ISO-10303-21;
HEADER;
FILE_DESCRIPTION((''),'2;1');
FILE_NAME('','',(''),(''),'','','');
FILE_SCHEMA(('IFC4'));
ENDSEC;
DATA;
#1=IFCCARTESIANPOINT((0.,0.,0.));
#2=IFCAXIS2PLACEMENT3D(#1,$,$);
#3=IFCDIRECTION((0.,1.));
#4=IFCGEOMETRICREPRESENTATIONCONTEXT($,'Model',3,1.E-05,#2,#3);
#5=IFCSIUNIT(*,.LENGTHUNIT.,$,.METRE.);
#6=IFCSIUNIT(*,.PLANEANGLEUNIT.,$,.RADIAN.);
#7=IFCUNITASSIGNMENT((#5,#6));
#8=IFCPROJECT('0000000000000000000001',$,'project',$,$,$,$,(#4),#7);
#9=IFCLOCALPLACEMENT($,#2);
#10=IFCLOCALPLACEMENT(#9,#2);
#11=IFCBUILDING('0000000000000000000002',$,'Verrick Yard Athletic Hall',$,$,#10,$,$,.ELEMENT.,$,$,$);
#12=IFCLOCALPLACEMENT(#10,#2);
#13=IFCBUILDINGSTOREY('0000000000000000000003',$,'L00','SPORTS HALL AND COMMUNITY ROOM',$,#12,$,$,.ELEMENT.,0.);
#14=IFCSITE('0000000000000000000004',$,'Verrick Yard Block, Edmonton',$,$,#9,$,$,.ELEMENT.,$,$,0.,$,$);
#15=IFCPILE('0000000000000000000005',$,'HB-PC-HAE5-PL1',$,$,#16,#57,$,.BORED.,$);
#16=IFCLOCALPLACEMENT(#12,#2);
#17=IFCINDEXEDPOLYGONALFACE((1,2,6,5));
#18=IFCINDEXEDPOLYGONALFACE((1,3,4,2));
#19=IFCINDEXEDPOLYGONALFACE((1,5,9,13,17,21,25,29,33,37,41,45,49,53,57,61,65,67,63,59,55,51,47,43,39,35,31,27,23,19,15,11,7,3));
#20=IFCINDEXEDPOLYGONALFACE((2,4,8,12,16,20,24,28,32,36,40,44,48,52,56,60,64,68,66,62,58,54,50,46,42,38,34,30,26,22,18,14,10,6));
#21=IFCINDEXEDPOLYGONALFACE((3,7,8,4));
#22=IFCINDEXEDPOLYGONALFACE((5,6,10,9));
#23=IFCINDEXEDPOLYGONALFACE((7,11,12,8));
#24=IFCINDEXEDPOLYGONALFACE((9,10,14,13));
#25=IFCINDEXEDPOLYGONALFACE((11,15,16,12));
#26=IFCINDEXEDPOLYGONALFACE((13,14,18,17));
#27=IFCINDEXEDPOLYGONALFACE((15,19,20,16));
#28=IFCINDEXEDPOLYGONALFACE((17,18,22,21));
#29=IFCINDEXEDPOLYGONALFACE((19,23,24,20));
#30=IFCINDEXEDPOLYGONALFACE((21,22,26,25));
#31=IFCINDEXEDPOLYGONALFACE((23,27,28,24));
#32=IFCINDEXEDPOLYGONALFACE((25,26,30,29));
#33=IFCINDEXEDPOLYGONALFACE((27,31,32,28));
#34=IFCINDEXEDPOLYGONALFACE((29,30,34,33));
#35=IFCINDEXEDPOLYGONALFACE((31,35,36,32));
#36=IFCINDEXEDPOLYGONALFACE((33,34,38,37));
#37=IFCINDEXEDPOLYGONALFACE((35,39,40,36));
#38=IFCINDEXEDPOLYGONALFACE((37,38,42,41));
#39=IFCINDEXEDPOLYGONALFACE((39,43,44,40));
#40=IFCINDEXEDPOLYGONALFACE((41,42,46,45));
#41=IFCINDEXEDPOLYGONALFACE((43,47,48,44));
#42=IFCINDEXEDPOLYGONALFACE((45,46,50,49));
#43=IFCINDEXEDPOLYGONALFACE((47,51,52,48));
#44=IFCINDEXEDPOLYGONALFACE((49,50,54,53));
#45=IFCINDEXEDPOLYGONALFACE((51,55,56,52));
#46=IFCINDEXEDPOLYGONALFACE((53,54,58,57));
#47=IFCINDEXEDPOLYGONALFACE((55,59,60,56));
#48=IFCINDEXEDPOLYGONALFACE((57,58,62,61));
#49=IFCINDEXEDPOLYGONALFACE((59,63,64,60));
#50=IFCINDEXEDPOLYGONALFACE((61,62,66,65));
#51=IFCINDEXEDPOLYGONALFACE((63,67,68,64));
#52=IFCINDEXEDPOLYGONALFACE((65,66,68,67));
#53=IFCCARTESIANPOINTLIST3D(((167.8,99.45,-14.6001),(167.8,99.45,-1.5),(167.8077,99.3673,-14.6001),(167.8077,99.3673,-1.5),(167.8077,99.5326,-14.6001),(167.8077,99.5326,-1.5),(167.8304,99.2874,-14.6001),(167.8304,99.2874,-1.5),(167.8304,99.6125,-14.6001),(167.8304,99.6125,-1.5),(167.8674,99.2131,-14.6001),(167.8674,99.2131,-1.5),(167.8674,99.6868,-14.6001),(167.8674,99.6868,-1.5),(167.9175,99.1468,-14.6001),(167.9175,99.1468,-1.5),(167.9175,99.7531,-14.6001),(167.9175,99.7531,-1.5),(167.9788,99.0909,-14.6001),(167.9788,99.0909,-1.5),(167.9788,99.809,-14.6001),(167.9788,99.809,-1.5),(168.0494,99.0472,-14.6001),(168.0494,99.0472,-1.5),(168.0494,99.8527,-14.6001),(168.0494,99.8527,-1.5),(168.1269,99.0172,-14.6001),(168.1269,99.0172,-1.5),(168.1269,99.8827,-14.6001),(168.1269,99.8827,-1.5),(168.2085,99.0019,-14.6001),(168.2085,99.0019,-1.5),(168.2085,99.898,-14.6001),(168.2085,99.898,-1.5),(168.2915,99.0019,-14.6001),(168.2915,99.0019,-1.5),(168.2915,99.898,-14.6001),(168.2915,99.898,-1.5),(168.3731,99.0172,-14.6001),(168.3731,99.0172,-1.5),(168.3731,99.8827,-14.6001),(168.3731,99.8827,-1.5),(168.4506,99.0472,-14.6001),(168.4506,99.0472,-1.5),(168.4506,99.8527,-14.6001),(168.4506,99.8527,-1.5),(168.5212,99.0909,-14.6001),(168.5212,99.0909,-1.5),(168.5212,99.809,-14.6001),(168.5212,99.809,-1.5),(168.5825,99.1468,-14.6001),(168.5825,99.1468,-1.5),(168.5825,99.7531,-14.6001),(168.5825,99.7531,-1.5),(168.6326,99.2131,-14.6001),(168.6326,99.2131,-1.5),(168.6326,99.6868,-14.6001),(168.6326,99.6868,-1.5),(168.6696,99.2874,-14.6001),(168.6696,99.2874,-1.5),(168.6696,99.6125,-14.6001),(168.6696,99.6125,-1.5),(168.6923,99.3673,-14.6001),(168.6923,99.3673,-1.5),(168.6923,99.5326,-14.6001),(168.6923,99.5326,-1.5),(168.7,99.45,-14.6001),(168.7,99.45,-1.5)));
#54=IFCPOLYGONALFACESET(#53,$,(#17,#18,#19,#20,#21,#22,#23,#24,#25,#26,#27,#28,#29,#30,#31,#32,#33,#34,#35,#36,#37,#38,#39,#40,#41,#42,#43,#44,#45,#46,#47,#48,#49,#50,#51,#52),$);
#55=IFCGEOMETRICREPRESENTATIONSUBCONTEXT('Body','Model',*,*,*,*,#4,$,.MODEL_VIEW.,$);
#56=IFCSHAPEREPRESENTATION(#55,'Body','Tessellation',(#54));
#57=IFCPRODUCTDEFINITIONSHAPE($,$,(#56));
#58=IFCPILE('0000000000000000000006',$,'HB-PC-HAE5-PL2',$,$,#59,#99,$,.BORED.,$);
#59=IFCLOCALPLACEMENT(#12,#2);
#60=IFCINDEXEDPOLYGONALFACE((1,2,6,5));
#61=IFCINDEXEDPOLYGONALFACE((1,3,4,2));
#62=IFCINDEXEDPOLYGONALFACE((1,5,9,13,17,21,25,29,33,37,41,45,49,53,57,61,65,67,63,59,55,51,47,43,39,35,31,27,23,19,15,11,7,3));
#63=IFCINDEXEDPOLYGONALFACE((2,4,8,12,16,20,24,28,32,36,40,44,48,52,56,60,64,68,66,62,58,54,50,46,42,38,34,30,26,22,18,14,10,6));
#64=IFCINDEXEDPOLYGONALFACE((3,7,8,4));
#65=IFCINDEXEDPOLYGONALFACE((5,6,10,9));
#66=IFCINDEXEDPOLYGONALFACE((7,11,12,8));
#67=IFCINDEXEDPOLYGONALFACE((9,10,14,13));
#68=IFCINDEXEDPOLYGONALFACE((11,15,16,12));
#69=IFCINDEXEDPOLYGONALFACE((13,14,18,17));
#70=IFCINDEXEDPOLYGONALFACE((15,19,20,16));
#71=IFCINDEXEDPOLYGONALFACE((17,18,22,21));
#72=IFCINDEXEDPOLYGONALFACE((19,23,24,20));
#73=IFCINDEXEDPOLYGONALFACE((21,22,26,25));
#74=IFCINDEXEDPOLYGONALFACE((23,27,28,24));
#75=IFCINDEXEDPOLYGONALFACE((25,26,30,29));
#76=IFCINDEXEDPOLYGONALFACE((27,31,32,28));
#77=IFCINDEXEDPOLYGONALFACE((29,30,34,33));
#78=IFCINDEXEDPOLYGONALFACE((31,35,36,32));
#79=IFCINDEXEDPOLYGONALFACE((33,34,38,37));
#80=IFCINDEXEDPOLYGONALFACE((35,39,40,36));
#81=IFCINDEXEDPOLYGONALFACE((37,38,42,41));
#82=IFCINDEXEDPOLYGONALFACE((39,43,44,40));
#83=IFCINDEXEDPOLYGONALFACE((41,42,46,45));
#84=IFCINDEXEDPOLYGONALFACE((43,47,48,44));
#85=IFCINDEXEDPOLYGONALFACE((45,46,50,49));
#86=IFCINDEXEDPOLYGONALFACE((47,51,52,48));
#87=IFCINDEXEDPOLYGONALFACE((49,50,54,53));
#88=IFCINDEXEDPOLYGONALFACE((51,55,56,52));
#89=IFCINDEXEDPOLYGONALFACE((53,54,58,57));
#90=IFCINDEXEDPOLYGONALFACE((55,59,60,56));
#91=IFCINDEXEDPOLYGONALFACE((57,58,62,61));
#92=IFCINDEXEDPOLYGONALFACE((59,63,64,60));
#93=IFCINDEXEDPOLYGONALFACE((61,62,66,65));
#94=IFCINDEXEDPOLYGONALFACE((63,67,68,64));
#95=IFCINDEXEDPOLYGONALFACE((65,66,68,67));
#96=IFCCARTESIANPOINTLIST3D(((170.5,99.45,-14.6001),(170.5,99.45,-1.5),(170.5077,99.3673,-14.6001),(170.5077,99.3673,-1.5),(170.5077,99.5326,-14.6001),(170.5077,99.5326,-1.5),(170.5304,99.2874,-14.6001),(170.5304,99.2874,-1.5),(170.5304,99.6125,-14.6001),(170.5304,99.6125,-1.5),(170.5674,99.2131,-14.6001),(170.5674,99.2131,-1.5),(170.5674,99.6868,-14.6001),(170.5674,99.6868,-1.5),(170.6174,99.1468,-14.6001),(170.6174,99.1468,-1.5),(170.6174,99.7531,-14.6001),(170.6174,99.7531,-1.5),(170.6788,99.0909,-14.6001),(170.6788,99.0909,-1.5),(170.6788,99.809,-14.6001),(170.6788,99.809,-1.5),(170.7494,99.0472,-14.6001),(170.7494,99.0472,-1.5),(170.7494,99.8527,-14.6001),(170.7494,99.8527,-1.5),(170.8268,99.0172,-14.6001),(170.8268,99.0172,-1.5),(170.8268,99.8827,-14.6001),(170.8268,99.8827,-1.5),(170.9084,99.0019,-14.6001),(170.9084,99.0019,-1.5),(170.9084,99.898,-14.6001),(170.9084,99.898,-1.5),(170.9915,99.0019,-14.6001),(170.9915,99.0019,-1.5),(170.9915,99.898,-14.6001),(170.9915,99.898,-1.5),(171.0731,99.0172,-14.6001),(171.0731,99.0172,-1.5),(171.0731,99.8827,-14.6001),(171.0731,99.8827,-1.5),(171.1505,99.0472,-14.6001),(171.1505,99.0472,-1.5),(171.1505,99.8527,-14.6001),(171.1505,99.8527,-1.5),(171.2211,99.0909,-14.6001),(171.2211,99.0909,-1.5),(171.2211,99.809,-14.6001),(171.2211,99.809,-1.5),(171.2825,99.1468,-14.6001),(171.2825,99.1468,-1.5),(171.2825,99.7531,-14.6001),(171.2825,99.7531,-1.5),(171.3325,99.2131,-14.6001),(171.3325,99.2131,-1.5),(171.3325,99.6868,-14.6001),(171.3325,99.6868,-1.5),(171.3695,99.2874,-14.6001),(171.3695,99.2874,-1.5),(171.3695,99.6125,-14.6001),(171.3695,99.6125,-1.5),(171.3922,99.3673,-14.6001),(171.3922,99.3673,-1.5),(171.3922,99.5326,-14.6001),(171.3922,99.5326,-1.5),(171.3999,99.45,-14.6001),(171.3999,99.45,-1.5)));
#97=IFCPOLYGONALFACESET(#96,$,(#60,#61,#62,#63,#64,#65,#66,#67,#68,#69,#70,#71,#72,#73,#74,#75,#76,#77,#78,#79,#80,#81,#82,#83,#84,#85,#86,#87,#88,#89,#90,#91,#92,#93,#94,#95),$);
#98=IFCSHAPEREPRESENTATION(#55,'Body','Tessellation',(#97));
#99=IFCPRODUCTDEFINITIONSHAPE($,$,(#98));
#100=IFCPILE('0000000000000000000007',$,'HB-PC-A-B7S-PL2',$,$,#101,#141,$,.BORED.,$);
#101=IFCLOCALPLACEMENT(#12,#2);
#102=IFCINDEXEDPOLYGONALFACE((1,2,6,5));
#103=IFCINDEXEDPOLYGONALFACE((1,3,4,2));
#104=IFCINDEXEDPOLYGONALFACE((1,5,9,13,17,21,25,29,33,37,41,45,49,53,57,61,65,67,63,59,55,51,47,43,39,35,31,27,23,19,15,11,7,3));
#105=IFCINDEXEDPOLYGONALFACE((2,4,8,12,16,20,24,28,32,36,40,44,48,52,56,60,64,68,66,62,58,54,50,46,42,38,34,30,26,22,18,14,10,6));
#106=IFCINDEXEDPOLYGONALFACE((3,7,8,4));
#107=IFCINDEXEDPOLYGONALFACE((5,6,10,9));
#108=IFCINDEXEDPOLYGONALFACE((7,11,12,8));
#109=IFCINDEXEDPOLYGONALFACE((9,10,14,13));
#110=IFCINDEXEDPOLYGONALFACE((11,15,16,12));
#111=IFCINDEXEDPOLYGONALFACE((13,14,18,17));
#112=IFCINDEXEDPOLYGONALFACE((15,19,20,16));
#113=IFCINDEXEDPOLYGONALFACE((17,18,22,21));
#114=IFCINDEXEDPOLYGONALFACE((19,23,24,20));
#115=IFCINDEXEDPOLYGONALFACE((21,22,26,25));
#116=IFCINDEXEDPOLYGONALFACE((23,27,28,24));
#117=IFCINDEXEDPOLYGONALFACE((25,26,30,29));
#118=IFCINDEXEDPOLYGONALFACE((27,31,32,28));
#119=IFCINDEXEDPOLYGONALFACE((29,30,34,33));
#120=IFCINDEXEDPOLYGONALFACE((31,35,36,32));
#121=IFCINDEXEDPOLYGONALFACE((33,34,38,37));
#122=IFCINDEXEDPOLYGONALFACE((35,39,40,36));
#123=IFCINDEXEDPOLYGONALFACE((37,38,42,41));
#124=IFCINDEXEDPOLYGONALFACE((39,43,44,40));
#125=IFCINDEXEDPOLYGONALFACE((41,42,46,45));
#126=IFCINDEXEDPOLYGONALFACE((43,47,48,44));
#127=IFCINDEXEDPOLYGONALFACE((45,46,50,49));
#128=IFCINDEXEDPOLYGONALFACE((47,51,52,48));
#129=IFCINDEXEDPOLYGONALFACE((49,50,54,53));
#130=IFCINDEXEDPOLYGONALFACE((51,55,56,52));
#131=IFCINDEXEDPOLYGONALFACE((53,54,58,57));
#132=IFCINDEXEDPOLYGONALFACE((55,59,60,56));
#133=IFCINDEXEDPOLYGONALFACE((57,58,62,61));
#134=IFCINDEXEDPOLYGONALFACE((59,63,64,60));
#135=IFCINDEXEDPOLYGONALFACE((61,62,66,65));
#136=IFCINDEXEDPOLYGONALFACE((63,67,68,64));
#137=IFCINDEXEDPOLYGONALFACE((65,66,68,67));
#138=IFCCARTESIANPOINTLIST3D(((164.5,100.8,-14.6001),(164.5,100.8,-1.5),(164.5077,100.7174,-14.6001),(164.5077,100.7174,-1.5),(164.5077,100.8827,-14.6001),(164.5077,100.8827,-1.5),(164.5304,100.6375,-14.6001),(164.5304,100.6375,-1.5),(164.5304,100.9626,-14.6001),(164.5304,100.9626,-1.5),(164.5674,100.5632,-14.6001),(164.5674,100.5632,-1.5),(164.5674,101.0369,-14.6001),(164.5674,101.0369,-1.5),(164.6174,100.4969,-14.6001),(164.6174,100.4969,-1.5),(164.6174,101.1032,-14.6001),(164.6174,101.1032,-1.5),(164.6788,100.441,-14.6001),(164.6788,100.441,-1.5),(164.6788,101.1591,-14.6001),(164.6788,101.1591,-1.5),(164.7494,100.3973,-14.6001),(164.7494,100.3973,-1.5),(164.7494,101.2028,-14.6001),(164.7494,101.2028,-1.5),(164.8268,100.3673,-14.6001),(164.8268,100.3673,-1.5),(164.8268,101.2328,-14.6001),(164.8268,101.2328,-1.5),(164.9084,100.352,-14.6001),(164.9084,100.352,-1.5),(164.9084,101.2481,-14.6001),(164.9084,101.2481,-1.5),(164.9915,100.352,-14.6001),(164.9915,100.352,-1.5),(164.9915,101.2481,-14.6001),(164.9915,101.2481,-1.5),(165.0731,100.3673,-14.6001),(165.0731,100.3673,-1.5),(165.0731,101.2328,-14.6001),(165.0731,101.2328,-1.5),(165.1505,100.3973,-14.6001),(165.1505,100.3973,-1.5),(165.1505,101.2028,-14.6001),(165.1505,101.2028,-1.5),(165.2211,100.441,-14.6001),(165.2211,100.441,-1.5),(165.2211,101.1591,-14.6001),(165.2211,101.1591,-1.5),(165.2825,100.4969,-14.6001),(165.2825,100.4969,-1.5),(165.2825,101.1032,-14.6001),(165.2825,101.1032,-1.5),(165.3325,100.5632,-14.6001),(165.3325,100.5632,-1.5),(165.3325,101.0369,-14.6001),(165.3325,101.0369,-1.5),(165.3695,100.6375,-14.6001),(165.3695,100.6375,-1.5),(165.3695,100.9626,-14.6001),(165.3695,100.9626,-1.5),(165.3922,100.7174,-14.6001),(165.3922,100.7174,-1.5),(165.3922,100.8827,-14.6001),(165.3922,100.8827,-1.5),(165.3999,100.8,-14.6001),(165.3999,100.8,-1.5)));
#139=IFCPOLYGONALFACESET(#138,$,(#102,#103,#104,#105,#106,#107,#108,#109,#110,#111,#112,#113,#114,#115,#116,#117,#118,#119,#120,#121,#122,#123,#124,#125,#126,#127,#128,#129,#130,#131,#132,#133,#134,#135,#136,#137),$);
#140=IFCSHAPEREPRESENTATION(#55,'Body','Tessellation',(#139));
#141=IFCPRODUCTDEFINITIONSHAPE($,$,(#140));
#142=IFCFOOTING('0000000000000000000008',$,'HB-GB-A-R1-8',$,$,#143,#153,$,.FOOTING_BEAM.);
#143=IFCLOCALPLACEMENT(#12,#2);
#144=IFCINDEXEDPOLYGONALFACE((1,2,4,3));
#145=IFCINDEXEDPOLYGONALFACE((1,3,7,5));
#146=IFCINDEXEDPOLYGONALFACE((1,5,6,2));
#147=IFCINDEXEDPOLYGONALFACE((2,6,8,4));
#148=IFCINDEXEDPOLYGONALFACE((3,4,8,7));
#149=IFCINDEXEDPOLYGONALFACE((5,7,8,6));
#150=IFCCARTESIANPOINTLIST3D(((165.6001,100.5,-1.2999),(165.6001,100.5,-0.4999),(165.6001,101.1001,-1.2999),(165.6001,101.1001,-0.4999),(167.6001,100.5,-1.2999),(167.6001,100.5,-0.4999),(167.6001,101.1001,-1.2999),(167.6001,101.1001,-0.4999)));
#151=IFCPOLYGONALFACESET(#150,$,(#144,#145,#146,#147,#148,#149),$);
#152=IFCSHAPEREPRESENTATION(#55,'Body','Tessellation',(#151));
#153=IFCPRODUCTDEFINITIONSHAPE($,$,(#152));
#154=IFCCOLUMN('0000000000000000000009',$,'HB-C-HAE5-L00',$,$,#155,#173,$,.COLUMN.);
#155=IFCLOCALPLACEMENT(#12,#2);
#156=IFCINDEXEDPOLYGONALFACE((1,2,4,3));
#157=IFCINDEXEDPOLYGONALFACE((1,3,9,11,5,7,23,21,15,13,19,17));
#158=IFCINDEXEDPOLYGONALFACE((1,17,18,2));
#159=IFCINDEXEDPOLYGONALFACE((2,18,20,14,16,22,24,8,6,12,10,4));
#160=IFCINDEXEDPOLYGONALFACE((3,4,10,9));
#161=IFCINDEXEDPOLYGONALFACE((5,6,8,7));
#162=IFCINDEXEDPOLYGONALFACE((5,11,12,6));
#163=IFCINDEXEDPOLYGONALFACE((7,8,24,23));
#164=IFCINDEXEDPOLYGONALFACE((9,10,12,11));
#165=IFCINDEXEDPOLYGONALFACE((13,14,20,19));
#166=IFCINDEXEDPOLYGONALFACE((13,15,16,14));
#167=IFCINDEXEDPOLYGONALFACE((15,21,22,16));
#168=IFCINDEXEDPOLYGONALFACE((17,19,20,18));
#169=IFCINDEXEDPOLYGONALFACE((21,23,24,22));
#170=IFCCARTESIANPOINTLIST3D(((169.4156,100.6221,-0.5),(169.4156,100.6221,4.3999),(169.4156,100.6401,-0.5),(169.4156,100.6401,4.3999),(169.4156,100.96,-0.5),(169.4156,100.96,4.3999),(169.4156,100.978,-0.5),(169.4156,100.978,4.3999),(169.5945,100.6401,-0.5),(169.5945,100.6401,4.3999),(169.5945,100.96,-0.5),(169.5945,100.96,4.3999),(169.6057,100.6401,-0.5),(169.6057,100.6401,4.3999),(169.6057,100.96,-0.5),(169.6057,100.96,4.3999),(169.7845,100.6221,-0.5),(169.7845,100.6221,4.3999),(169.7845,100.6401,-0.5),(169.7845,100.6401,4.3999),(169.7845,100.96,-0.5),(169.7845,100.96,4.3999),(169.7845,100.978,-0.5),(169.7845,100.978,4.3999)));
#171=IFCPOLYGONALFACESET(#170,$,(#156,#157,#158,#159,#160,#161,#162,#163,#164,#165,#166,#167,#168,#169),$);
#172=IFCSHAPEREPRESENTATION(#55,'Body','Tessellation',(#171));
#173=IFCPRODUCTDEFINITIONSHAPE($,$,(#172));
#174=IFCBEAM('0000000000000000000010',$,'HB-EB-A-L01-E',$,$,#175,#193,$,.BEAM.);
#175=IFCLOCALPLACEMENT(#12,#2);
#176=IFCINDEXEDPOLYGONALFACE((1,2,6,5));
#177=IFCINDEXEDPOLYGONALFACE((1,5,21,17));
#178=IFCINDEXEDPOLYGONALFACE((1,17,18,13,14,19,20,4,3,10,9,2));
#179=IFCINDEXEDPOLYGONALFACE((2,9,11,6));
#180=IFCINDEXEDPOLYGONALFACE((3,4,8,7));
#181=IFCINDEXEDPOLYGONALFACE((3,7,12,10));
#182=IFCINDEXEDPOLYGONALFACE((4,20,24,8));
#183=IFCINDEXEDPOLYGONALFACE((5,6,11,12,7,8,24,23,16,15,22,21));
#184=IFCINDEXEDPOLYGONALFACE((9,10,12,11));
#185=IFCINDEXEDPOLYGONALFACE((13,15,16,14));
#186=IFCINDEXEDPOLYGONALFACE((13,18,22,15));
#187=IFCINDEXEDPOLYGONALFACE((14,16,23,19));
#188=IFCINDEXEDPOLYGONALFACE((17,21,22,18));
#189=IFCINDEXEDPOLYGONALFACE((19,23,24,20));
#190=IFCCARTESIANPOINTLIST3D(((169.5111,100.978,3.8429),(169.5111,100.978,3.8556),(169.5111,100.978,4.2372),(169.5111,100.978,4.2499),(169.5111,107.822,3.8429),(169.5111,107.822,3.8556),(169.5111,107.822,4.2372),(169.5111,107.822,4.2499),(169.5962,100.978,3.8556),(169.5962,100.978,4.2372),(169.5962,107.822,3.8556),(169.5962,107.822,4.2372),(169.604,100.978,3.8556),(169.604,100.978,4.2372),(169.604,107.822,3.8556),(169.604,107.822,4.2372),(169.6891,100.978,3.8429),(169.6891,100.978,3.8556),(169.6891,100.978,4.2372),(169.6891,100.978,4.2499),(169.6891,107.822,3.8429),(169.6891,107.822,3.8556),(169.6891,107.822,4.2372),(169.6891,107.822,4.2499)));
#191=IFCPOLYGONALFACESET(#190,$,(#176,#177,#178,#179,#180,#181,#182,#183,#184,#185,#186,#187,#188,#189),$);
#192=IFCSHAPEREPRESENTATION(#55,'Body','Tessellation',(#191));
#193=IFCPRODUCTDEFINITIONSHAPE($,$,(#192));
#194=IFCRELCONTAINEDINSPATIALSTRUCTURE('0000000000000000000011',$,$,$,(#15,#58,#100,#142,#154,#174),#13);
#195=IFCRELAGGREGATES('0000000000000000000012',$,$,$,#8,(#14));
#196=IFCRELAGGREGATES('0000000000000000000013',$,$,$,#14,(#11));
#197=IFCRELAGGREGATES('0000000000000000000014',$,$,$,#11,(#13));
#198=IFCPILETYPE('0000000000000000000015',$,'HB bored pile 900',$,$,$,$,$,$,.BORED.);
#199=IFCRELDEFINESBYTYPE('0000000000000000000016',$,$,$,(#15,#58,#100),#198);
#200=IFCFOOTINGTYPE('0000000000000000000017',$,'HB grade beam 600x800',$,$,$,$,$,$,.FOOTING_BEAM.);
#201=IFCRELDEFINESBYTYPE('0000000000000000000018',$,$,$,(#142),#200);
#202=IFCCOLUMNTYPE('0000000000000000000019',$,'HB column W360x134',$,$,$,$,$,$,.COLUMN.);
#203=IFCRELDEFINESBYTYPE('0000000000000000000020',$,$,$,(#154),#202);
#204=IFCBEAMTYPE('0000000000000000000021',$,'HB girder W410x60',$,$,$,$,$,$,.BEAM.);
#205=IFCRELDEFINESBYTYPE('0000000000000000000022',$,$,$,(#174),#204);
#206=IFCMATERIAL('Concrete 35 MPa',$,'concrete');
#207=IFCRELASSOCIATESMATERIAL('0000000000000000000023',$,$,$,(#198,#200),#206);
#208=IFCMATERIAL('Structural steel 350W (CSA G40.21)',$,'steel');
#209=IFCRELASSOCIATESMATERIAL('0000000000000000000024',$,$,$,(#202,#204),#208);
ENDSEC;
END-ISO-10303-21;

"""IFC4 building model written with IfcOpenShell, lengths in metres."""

from ifc_helpers import new_model, si_unit, direction, frame, origin, origin_2d, place, context, subcontext, project, spatial, rectangle, circle, i_section, extrude, material, material_profile, profile_set, type_object, element, save


model = new_model("IFC4")

# Units and contexts
model_context = context("Model", 3, precision=1e-05, world=origin(), true_north=direction((0.0, 1.0)))
body_context = subcontext(model_context, "Body", "Model", "MODEL_VIEW")
ifc_project = project(units=[si_unit("LENGTHUNIT", "METRE"), si_unit("PLANEANGLEUNIT", "RADIAN")], contexts=[model_context])

# Site, building, storey
site_placement = place(None, origin())
site = spatial("IfcSite", under=ifc_project, at=site_placement, Name="Verrick Yard Block, Edmonton", CompositionType="ELEMENT", RefElevation=0.0)
building_placement = place(site_placement, origin())
building = spatial("IfcBuilding", under=site, at=building_placement, Name="Verrick Yard Athletic Hall", CompositionType="ELEMENT")
storey_placement = place(building_placement, origin())
storey = spatial("IfcBuildingStorey", under=building, at=storey_placement, Name="L00", Description="SPORTS HALL AND COMMUNITY ROOM", CompositionType="ELEMENT", Elevation=0.0)

# Piles
ifc_material_1 = material(Name="Concrete 35 MPa", Category="concrete")
ifc_material_profile_1 = material_profile(ifc_material_1, circle(Radius=0.45, at=origin_2d()), Name="Bored pile 900")
ifc_profile_set_1 = profile_set([ifc_material_profile_1], Name="Concrete 35 MPa")
pile_type = type_object("IfcPileType", Name="HB bored pile 900", PredefinedType="BORED", material=ifc_profile_set_1)
for number, where, z_axis, x_axis, name in (
    (1, (168.25, 99.45, -1.5), (0.0, 0.0, -1.0), (1.0, 0.0, 0.0), "HB-PC-HAE5-PL1"),
    (2, (170.95, 99.45, -1.5), (0.0, 0.0, -1.0), (1.0, 0.0, 0.0), "HB-PC-HAE5-PL2"),
    (3, (164.95, 100.8, -1.5), (0.0, 0.0, -1.0), (1.0, 0.0, 0.0), "HB-PC-A-B7S-PL2"),
):
    element("IfcPile", number, at=place(storey_placement, frame(where, z_axis=z_axis, x_axis=x_axis)), inside=storey, type_object=pile_type, Name=name, PredefinedType="BORED", context=body_context, shape_type="SweptSolid", body=[
        extrude(circle(Radius=0.45, at=origin_2d()), origin(), (0.0, 0.0, 1.0), 13.1001),
    ])

# Footing
ifc_material_profile_2 = material_profile(ifc_material_1, rectangle(XDim=0.6001, YDim=0.8, at=origin_2d()), Name="Grade beam 600x800")
ifc_profile_set_2 = profile_set([ifc_material_profile_2], Name="Concrete 35 MPa")
footing_type = type_object("IfcFootingType", Name="HB grade beam 600x800", PredefinedType="FOOTING_BEAM", material=ifc_profile_set_2)
footing_placement = place(storey_placement, frame((165.6001, 100.8, -0.8999), z_axis=(1.0, 0.0, 0.0), x_axis=(0.0, 1.0, 0.0)))
element("IfcFooting", 4, at=footing_placement, inside=storey, type_object=footing_type, Name="HB-GB-A-R1-8", PredefinedType="FOOTING_BEAM", context=body_context, shape_type="SweptSolid", body=[
    extrude(rectangle(XDim=0.6001, YDim=0.8, at=origin_2d()), origin(), (0.0, 0.0, 1.0), 2.0),
])

# Column
ifc_material_2 = material(Name="Structural steel 350W (CSA G40.21)", Category="steel")
ifc_material_profile_3 = material_profile(ifc_material_2, i_section(OverallWidth=0.3689, OverallDepth=0.356, WebThickness=0.0112, FlangeThickness=0.0181, at=origin_2d()), Name="W360x134")
ifc_profile_set_3 = profile_set([ifc_material_profile_3], Name="Structural steel 350W (CSA G40.21)")
column_type = type_object("IfcColumnType", Name="HB column W360x134", PredefinedType="COLUMN", material=ifc_profile_set_3)
column_placement = place(storey_placement, frame((169.6001, 100.8, -0.5), z_axis=(0.0, 0.0, 1.0), x_axis=(1.0, 0.0, 0.0)))
element("IfcColumn", 5, at=column_placement, inside=storey, type_object=column_type, Name="HB-C-HAE5-L00", PredefinedType="COLUMN", context=body_context, shape_type="SweptSolid", body=[
    extrude(i_section(OverallWidth=0.3689, OverallDepth=0.356, WebThickness=0.0112, FlangeThickness=0.0181, at=origin_2d()), origin(), (0.0, 0.0, 1.0), 4.8999),
])

# Beam
ifc_material_profile_4 = material_profile(ifc_material_2, i_section(OverallWidth=0.178, OverallDepth=0.407, WebThickness=0.0078, FlangeThickness=0.0127, at=origin_2d()), Name="W410x60")
ifc_profile_set_4 = profile_set([ifc_material_profile_4], Name="Structural steel 350W (CSA G40.21)")
beam_type_1 = type_object("IfcBeamType", Name="HB girder W410x60", PredefinedType="BEAM", material=ifc_profile_set_4)
beam_1_placement = place(storey_placement, frame((169.6001, 100.978, 4.0464), z_axis=(0.0, 1.0, 0.0), x_axis=(-1.0, 0.0, 0.0)))
element("IfcBeam", 6, at=beam_1_placement, inside=storey, type_object=beam_type_1, Name="HB-EB-A-L01-E", PredefinedType="BEAM", context=body_context, shape_type="SweptSolid", body=[
    extrude(i_section(OverallWidth=0.178, OverallDepth=0.407, WebThickness=0.0078, FlangeThickness=0.0127, at=origin_2d()), origin(), (0.0, 0.0, 1.0), 6.844),
])

save(model, "model.ifc")
